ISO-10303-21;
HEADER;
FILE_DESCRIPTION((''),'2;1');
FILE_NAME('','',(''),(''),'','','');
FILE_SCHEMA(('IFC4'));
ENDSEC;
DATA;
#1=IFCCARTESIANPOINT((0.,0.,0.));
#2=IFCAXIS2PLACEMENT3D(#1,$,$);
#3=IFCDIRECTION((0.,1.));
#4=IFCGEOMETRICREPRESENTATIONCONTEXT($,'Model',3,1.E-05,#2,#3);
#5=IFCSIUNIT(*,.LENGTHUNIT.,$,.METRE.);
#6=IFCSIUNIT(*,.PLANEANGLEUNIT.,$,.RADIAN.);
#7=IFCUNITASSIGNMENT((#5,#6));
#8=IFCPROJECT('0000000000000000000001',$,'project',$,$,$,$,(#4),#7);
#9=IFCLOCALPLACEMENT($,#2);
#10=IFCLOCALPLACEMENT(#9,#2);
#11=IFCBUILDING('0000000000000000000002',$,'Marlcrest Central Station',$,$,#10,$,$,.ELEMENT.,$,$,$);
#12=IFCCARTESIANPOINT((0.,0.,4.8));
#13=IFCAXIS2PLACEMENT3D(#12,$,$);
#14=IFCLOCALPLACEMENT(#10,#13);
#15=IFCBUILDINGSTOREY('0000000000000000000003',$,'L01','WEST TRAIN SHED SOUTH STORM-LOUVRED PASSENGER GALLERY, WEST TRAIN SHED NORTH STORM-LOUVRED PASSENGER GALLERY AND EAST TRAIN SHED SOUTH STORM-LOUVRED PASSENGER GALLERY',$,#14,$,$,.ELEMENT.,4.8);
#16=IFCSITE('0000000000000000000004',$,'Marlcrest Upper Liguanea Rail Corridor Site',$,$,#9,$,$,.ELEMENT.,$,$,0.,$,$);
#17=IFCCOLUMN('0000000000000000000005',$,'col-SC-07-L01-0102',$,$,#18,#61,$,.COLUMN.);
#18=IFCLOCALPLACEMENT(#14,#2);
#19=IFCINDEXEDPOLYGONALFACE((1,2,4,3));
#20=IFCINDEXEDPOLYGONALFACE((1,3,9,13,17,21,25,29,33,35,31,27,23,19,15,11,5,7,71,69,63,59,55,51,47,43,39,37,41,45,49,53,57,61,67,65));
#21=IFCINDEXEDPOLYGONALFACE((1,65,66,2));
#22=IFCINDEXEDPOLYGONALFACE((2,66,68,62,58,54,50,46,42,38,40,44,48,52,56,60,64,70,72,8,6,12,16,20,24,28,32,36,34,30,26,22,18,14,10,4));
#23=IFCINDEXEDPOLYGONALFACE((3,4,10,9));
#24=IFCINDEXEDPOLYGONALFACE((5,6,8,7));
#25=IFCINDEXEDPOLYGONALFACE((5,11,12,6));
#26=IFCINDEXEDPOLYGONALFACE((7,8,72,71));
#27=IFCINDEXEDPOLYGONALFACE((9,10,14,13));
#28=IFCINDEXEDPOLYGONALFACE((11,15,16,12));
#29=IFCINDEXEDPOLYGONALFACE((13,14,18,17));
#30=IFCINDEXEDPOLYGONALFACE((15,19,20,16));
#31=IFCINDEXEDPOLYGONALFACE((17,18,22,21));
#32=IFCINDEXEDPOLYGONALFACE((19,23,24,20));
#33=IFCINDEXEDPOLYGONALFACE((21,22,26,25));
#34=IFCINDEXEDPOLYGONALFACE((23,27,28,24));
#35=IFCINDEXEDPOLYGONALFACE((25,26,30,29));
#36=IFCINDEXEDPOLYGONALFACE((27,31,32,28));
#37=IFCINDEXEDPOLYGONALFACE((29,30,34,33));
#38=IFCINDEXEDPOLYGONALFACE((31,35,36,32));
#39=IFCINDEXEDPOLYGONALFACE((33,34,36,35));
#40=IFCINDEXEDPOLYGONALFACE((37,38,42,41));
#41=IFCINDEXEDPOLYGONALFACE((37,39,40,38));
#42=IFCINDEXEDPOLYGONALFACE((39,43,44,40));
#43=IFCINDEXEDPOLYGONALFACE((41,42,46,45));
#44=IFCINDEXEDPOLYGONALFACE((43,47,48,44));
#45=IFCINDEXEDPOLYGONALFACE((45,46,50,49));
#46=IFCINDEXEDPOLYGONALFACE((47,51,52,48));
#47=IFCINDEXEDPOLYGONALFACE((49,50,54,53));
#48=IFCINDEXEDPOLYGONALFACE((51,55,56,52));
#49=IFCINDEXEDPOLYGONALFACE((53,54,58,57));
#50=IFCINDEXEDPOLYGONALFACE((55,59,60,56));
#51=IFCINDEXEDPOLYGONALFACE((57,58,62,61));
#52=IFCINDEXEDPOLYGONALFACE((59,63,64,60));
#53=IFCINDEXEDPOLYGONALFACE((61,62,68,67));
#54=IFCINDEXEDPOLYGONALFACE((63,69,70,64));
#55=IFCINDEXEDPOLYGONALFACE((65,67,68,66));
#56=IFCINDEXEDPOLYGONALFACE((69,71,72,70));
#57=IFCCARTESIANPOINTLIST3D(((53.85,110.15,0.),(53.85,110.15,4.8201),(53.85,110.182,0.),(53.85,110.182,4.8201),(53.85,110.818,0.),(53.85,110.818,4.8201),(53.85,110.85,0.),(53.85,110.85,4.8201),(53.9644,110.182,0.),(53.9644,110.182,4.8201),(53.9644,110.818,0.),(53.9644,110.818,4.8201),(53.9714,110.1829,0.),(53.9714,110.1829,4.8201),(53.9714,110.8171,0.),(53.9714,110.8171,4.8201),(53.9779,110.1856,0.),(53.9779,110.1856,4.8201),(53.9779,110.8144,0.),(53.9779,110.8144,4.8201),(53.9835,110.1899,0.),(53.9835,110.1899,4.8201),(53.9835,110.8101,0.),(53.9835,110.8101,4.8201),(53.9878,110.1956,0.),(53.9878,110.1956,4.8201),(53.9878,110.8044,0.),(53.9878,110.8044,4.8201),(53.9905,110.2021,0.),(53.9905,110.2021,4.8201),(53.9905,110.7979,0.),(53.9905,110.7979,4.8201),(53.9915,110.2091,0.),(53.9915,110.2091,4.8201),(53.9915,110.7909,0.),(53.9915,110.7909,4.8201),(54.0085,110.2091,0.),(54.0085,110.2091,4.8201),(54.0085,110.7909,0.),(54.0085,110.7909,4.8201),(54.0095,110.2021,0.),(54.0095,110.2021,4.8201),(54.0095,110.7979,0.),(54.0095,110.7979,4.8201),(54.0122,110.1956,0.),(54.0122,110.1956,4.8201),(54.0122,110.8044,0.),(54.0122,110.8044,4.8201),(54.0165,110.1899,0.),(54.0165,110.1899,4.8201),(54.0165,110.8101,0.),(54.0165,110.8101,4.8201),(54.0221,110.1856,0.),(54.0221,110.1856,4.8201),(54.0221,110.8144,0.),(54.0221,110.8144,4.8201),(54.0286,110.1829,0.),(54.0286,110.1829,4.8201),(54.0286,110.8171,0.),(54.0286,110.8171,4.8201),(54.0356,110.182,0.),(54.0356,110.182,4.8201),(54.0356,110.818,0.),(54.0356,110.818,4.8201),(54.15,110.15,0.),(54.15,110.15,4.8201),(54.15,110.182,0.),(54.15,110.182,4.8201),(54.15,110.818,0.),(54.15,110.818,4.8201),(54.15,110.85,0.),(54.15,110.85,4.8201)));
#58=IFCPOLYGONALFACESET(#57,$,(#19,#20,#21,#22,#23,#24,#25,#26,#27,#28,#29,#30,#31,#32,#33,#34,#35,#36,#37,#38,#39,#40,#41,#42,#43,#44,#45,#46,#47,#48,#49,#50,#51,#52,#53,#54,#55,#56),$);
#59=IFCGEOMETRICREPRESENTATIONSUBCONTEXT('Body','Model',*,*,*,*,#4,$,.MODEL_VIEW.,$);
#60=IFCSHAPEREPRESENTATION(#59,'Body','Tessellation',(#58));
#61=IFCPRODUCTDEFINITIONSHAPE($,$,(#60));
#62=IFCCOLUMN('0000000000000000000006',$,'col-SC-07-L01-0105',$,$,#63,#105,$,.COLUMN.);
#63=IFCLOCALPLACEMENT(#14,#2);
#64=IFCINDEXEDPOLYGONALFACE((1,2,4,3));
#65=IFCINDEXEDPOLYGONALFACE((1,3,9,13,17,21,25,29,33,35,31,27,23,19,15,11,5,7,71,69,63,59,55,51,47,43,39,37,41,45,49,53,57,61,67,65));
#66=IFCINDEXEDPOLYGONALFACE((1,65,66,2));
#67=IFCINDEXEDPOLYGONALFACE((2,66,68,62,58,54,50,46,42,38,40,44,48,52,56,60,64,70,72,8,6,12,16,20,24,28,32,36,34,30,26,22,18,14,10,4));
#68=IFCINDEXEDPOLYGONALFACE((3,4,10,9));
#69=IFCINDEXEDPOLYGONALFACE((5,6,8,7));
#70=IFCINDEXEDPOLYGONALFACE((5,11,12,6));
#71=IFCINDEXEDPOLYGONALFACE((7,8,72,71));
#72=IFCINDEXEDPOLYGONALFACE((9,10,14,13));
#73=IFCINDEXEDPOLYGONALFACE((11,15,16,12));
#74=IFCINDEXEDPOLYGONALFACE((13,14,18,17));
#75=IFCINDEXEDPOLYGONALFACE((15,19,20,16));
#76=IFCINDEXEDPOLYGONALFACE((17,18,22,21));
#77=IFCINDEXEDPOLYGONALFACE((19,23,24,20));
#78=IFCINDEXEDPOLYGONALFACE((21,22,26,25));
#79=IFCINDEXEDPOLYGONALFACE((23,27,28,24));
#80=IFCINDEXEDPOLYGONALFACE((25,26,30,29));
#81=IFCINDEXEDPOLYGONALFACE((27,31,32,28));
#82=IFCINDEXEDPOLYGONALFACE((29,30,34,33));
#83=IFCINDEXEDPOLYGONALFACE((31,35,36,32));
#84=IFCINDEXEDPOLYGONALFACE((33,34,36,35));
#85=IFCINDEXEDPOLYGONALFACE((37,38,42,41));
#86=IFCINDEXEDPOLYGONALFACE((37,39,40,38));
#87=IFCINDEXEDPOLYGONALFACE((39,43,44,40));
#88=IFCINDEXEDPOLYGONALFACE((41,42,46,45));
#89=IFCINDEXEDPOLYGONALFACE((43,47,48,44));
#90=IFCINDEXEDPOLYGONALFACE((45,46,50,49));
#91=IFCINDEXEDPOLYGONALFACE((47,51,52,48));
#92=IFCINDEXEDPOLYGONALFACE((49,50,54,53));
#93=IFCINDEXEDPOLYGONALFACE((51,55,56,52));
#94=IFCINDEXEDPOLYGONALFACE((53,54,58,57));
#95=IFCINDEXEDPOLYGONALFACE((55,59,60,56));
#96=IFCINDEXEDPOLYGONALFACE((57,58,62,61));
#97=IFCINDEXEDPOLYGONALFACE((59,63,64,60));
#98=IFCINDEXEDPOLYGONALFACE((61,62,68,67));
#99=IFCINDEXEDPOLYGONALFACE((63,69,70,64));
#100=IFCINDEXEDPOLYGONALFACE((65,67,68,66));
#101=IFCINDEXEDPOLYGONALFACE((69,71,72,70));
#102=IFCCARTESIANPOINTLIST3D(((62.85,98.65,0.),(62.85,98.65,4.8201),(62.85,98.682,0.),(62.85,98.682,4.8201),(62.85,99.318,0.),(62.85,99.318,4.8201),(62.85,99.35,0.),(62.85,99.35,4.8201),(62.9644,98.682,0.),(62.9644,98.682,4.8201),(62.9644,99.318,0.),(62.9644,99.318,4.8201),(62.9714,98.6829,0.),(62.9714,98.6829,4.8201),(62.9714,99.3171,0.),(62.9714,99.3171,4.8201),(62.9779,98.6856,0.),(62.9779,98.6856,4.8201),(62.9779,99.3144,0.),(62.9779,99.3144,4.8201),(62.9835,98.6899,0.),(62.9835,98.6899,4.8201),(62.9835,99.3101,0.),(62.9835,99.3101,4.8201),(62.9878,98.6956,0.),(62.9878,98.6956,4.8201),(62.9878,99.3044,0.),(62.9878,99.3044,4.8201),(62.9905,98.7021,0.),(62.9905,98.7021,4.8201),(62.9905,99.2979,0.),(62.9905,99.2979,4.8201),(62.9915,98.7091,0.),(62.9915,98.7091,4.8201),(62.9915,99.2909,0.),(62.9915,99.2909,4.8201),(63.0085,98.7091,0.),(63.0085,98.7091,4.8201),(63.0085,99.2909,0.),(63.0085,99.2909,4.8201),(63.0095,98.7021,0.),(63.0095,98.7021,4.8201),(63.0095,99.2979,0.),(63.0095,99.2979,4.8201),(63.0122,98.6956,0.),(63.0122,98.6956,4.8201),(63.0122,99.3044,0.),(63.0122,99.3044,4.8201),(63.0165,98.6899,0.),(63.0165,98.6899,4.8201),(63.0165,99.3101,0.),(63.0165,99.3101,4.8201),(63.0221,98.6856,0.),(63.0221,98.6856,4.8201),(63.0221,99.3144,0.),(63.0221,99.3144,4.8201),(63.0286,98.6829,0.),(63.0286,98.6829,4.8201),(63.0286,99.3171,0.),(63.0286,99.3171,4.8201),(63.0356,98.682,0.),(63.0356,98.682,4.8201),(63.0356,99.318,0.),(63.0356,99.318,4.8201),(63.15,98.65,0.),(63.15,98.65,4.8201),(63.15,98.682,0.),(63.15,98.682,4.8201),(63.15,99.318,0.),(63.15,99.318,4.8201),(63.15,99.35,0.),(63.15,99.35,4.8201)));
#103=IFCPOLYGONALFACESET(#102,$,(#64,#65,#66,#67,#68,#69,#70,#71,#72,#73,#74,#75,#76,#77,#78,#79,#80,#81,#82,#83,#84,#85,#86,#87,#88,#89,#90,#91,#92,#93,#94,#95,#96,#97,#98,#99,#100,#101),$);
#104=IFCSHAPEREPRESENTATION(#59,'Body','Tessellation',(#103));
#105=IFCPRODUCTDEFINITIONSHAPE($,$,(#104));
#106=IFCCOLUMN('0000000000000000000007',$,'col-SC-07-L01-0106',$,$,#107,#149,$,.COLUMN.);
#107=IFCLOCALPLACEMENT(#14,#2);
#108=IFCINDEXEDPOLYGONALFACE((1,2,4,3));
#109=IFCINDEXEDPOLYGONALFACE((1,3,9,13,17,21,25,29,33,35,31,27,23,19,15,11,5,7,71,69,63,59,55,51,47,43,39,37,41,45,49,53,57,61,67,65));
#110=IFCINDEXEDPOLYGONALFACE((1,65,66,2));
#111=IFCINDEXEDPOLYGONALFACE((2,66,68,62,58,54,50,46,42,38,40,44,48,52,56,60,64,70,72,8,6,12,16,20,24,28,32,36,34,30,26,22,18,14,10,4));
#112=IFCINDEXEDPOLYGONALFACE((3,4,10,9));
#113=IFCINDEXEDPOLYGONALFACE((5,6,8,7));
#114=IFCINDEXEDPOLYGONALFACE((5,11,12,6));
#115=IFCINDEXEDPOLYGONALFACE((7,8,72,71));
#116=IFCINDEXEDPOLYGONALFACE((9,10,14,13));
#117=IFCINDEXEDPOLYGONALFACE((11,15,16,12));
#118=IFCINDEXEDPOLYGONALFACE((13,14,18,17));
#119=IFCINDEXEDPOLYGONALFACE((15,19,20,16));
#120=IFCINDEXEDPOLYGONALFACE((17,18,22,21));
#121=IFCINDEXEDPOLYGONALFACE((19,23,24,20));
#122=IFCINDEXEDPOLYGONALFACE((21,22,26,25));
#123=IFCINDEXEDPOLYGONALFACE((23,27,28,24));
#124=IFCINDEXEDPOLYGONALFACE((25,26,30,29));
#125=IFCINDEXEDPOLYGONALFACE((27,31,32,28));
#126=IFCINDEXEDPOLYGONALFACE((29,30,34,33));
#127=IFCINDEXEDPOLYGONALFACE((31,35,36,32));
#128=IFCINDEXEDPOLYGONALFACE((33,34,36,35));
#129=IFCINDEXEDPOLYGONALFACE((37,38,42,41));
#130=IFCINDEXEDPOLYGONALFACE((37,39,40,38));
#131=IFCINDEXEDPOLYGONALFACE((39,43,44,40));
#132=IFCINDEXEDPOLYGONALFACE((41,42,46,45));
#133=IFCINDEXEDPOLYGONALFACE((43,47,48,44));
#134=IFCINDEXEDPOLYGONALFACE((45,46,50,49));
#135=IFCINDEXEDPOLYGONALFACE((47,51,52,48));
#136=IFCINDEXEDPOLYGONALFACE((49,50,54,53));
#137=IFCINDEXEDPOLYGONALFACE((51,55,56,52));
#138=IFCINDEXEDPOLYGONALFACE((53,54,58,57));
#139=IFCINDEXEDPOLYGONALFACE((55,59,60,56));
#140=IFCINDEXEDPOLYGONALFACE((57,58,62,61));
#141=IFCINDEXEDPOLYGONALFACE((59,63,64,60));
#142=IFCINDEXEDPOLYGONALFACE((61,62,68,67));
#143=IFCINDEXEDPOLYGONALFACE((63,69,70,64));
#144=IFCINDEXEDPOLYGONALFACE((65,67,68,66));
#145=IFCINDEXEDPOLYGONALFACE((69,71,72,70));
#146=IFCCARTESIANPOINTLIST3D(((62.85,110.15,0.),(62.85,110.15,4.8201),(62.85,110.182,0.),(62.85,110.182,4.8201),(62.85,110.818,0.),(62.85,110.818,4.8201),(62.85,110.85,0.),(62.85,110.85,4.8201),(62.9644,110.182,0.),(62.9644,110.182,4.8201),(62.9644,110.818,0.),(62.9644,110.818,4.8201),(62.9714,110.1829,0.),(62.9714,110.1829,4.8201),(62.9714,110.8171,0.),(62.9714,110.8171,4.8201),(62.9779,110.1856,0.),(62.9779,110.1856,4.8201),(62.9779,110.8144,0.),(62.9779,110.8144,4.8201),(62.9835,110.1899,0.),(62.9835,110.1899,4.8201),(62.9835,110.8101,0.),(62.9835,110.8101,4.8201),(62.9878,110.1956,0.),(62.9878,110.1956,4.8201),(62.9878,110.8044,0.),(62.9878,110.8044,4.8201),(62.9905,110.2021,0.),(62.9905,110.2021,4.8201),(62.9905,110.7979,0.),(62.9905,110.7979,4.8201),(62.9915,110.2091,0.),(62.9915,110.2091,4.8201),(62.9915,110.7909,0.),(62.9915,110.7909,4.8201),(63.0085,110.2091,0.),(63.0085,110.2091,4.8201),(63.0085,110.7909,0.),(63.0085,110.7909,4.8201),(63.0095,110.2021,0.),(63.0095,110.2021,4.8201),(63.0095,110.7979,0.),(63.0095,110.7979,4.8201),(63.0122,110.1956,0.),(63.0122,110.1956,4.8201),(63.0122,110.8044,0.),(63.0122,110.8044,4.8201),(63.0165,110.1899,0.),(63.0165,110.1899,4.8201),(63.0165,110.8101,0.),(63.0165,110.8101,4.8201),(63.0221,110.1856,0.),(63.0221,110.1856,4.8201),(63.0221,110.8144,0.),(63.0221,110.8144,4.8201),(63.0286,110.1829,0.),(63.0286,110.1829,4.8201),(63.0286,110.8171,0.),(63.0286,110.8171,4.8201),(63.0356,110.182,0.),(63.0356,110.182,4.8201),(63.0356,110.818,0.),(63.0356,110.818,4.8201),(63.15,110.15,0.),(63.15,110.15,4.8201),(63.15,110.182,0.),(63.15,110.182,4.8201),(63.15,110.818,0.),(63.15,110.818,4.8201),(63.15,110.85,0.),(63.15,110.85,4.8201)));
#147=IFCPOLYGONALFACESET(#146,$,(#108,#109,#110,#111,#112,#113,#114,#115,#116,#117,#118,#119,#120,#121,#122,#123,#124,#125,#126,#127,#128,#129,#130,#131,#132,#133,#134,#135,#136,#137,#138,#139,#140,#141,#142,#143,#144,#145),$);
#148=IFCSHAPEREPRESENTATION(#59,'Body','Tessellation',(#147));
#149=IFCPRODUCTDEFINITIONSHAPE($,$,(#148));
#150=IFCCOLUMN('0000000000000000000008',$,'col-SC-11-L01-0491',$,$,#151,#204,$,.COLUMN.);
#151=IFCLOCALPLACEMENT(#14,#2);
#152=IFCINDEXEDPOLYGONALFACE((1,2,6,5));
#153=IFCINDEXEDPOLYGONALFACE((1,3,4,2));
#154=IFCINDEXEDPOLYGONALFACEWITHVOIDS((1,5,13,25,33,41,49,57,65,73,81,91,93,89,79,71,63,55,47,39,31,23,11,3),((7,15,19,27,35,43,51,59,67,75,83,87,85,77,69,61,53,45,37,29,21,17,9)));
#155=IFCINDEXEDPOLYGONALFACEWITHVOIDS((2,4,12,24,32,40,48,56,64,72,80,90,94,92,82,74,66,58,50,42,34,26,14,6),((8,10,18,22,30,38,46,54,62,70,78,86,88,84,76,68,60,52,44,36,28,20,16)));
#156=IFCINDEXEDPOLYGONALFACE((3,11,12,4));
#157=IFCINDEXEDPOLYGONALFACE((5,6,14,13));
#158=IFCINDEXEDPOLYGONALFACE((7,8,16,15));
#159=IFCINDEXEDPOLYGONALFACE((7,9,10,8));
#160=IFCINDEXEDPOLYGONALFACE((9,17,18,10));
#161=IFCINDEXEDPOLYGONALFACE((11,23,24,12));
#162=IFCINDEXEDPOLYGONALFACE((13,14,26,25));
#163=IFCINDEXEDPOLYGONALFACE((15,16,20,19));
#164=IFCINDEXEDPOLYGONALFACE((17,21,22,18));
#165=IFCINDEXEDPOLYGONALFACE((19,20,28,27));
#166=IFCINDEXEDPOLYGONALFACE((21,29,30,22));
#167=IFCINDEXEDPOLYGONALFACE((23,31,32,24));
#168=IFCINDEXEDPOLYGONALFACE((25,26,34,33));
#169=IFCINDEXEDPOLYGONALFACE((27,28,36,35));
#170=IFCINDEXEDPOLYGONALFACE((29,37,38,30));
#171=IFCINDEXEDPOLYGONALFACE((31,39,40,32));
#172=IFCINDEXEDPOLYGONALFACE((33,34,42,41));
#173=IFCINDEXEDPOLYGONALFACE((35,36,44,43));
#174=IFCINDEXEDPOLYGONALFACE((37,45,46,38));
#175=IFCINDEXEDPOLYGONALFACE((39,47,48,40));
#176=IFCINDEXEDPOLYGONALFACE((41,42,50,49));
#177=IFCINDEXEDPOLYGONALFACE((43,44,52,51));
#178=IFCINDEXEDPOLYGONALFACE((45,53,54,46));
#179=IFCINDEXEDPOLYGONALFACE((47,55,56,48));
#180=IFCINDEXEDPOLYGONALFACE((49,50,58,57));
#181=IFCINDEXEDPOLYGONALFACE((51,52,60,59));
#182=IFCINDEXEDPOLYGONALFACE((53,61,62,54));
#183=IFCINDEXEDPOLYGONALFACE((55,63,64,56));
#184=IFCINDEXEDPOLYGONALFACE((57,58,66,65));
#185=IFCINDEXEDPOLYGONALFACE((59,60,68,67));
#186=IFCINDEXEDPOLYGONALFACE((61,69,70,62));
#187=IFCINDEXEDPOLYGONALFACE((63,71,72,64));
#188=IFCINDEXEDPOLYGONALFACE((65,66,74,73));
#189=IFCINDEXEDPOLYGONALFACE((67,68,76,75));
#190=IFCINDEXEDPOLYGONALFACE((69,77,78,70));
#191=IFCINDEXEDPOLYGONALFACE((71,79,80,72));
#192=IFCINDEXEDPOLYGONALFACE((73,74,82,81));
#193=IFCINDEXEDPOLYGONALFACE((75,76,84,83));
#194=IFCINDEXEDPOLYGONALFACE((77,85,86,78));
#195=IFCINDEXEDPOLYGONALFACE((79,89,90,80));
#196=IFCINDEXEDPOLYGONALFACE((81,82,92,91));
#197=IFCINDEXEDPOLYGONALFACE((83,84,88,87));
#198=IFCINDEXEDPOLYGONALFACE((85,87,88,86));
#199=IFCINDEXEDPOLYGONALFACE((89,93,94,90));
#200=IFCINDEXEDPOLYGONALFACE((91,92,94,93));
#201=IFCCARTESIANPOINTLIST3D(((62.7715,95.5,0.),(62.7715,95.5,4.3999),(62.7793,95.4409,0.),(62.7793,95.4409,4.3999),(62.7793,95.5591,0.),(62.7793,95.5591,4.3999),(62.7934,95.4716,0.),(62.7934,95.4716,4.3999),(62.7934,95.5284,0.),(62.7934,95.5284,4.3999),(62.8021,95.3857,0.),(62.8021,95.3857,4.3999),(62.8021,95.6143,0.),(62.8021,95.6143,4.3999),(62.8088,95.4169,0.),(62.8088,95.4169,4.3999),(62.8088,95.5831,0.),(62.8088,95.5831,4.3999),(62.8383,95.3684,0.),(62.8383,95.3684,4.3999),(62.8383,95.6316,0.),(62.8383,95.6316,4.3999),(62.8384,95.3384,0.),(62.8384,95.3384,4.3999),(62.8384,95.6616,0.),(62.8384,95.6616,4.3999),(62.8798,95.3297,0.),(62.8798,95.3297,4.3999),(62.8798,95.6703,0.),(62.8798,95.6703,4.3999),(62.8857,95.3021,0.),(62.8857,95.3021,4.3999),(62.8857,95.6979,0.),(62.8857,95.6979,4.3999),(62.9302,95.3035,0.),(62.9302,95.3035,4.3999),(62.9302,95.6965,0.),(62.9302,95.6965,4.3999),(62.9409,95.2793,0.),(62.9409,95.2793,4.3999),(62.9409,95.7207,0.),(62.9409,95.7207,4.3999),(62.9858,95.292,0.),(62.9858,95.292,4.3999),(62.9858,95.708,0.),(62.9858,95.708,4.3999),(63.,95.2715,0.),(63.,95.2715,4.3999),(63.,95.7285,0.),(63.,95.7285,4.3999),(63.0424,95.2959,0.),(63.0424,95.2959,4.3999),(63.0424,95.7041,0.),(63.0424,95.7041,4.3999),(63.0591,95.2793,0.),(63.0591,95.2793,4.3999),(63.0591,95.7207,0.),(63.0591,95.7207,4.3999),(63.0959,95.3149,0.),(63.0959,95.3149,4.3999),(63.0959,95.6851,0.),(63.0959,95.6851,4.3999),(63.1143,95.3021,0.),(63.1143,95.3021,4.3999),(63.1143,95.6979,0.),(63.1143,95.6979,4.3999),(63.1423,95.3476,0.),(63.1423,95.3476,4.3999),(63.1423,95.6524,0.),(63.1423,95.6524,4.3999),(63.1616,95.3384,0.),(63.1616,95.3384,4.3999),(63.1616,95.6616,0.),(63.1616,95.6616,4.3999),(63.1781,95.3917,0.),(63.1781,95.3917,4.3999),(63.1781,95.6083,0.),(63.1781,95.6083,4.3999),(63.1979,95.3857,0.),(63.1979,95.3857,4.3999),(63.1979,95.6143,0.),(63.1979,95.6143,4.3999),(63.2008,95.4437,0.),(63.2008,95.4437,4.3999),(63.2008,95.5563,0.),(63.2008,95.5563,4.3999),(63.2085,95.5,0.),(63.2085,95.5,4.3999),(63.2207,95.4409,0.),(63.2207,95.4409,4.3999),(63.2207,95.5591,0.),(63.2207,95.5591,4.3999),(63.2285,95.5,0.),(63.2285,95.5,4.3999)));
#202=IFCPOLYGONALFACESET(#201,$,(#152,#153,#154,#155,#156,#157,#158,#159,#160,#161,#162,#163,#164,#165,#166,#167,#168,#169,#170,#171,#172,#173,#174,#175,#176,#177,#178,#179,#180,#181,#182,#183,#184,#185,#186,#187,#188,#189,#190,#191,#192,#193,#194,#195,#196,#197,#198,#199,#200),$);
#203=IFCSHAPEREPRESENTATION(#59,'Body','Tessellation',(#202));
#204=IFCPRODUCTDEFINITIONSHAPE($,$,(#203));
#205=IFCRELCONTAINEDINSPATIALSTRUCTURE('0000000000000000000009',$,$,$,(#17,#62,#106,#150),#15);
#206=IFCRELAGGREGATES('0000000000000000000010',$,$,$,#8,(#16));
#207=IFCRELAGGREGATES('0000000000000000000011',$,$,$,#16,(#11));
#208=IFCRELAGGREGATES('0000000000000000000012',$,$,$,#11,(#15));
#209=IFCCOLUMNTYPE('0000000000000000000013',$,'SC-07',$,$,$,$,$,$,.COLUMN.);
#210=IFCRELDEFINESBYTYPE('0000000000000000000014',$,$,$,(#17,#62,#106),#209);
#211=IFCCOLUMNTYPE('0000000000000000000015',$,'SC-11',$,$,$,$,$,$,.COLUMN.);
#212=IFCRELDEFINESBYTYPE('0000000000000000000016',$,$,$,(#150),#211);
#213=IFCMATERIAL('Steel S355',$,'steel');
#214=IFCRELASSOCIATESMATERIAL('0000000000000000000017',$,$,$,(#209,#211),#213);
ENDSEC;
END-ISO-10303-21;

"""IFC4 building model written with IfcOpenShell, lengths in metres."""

from ifc_helpers import new_model, si_unit, direction, frame, origin, origin_2d, place, context, subcontext, project, spatial, hollow_circle, i_section, extrude, material, material_profile, profile_set, type_object, element, save


model = new_model("IFC4")

# Units and contexts
model_context = context("Model", 3, precision=1e-05, world=origin(), true_north=direction((0.0, 1.0)))
body_context = subcontext(model_context, "Body", "Model", "MODEL_VIEW")
ifc_project = project(units=[si_unit("LENGTHUNIT", "METRE"), si_unit("PLANEANGLEUNIT", "RADIAN")], contexts=[model_context])

# Site, building, storey
site_placement = place(None, origin())
site = spatial("IfcSite", under=ifc_project, at=site_placement, Name="Marlcrest Upper Liguanea Rail Corridor Site", CompositionType="ELEMENT", RefElevation=0.0)
building_placement = place(site_placement, origin())
building = spatial("IfcBuilding", under=site, at=building_placement, Name="Marlcrest Central Station", CompositionType="ELEMENT")
storey_placement = place(building_placement, frame((0.0, 0.0, 4.8)))
storey = spatial("IfcBuildingStorey", under=building, at=storey_placement, Name="L01", Description="WEST TRAIN SHED SOUTH STORM-LOUVRED PASSENGER GALLERY, WEST TRAIN SHED NORTH STORM-LOUVRED PASSENGER GALLERY AND EAST TRAIN SHED SOUTH STORM-LOUVRED PASSENGER GALLERY", CompositionType="ELEMENT", Elevation=4.8)

# Columns
ifc_material_1 = material(Name="Steel S355", Category="steel")
ifc_material_profile_1 = material_profile(ifc_material_1, i_section(OverallWidth=0.3, OverallDepth=0.7, WebThickness=0.0171, FlangeThickness=0.032, FilletRadius=0.0271, at=origin_2d()), Name="HEB 700")
ifc_profile_set_1 = profile_set([ifc_material_profile_1], Name="Steel S355")
column_type_1 = type_object("IfcColumnType", Name="SC-07", PredefinedType="COLUMN", material=ifc_profile_set_1)
for number, where, z_axis, x_axis, name in (
    (1, (54.0, 110.5, 0.0), (0.0, 0.0, 1.0), (1.0, 0.0, 0.0), "col-SC-07-L01-0102"),
    (2, (63.0, 99.0, 0.0), (0.0, 0.0, 1.0), (1.0, 0.0, 0.0), "col-SC-07-L01-0105"),
    (3, (63.0, 110.5, 0.0), (0.0, 0.0, 1.0), (1.0, 0.0, 0.0), "col-SC-07-L01-0106"),
):
    element("IfcColumn", number, at=place(storey_placement, frame(where, z_axis=z_axis, x_axis=x_axis)), inside=storey, type_object=column_type_1, Name=name, PredefinedType="COLUMN", context=body_context, shape_type="SweptSolid", body=[
        extrude(i_section(OverallWidth=0.3, OverallDepth=0.7, WebThickness=0.0171, FlangeThickness=0.032, FilletRadius=0.0271, at=origin_2d()), origin(), (0.0, 0.0, 1.0), 4.8201),
    ])
ifc_material_profile_2 = material_profile(ifc_material_1, hollow_circle(Radius=0.2285, WallThickness=0.02, at=origin_2d()), Name="CHS 457x20")
ifc_profile_set_2 = profile_set([ifc_material_profile_2], Name="Steel S355")
column_type_2 = type_object("IfcColumnType", Name="SC-11", PredefinedType="COLUMN", material=ifc_profile_set_2)
column_placement = place(storey_placement, frame((63.0, 95.5, 0.0), z_axis=(0.0, 0.0, 1.0), x_axis=(1.0, 0.0, 0.0)))
element("IfcColumn", 4, at=column_placement, inside=storey, type_object=column_type_2, Name="col-SC-11-L01-0491", PredefinedType="COLUMN", context=body_context, shape_type="SweptSolid", body=[
    extrude(hollow_circle(Radius=0.2285, WallThickness=0.02, at=origin_2d()), origin(), (0.0, 0.0, 1.0), 4.3999),
])

save(model, "model.ifc")
